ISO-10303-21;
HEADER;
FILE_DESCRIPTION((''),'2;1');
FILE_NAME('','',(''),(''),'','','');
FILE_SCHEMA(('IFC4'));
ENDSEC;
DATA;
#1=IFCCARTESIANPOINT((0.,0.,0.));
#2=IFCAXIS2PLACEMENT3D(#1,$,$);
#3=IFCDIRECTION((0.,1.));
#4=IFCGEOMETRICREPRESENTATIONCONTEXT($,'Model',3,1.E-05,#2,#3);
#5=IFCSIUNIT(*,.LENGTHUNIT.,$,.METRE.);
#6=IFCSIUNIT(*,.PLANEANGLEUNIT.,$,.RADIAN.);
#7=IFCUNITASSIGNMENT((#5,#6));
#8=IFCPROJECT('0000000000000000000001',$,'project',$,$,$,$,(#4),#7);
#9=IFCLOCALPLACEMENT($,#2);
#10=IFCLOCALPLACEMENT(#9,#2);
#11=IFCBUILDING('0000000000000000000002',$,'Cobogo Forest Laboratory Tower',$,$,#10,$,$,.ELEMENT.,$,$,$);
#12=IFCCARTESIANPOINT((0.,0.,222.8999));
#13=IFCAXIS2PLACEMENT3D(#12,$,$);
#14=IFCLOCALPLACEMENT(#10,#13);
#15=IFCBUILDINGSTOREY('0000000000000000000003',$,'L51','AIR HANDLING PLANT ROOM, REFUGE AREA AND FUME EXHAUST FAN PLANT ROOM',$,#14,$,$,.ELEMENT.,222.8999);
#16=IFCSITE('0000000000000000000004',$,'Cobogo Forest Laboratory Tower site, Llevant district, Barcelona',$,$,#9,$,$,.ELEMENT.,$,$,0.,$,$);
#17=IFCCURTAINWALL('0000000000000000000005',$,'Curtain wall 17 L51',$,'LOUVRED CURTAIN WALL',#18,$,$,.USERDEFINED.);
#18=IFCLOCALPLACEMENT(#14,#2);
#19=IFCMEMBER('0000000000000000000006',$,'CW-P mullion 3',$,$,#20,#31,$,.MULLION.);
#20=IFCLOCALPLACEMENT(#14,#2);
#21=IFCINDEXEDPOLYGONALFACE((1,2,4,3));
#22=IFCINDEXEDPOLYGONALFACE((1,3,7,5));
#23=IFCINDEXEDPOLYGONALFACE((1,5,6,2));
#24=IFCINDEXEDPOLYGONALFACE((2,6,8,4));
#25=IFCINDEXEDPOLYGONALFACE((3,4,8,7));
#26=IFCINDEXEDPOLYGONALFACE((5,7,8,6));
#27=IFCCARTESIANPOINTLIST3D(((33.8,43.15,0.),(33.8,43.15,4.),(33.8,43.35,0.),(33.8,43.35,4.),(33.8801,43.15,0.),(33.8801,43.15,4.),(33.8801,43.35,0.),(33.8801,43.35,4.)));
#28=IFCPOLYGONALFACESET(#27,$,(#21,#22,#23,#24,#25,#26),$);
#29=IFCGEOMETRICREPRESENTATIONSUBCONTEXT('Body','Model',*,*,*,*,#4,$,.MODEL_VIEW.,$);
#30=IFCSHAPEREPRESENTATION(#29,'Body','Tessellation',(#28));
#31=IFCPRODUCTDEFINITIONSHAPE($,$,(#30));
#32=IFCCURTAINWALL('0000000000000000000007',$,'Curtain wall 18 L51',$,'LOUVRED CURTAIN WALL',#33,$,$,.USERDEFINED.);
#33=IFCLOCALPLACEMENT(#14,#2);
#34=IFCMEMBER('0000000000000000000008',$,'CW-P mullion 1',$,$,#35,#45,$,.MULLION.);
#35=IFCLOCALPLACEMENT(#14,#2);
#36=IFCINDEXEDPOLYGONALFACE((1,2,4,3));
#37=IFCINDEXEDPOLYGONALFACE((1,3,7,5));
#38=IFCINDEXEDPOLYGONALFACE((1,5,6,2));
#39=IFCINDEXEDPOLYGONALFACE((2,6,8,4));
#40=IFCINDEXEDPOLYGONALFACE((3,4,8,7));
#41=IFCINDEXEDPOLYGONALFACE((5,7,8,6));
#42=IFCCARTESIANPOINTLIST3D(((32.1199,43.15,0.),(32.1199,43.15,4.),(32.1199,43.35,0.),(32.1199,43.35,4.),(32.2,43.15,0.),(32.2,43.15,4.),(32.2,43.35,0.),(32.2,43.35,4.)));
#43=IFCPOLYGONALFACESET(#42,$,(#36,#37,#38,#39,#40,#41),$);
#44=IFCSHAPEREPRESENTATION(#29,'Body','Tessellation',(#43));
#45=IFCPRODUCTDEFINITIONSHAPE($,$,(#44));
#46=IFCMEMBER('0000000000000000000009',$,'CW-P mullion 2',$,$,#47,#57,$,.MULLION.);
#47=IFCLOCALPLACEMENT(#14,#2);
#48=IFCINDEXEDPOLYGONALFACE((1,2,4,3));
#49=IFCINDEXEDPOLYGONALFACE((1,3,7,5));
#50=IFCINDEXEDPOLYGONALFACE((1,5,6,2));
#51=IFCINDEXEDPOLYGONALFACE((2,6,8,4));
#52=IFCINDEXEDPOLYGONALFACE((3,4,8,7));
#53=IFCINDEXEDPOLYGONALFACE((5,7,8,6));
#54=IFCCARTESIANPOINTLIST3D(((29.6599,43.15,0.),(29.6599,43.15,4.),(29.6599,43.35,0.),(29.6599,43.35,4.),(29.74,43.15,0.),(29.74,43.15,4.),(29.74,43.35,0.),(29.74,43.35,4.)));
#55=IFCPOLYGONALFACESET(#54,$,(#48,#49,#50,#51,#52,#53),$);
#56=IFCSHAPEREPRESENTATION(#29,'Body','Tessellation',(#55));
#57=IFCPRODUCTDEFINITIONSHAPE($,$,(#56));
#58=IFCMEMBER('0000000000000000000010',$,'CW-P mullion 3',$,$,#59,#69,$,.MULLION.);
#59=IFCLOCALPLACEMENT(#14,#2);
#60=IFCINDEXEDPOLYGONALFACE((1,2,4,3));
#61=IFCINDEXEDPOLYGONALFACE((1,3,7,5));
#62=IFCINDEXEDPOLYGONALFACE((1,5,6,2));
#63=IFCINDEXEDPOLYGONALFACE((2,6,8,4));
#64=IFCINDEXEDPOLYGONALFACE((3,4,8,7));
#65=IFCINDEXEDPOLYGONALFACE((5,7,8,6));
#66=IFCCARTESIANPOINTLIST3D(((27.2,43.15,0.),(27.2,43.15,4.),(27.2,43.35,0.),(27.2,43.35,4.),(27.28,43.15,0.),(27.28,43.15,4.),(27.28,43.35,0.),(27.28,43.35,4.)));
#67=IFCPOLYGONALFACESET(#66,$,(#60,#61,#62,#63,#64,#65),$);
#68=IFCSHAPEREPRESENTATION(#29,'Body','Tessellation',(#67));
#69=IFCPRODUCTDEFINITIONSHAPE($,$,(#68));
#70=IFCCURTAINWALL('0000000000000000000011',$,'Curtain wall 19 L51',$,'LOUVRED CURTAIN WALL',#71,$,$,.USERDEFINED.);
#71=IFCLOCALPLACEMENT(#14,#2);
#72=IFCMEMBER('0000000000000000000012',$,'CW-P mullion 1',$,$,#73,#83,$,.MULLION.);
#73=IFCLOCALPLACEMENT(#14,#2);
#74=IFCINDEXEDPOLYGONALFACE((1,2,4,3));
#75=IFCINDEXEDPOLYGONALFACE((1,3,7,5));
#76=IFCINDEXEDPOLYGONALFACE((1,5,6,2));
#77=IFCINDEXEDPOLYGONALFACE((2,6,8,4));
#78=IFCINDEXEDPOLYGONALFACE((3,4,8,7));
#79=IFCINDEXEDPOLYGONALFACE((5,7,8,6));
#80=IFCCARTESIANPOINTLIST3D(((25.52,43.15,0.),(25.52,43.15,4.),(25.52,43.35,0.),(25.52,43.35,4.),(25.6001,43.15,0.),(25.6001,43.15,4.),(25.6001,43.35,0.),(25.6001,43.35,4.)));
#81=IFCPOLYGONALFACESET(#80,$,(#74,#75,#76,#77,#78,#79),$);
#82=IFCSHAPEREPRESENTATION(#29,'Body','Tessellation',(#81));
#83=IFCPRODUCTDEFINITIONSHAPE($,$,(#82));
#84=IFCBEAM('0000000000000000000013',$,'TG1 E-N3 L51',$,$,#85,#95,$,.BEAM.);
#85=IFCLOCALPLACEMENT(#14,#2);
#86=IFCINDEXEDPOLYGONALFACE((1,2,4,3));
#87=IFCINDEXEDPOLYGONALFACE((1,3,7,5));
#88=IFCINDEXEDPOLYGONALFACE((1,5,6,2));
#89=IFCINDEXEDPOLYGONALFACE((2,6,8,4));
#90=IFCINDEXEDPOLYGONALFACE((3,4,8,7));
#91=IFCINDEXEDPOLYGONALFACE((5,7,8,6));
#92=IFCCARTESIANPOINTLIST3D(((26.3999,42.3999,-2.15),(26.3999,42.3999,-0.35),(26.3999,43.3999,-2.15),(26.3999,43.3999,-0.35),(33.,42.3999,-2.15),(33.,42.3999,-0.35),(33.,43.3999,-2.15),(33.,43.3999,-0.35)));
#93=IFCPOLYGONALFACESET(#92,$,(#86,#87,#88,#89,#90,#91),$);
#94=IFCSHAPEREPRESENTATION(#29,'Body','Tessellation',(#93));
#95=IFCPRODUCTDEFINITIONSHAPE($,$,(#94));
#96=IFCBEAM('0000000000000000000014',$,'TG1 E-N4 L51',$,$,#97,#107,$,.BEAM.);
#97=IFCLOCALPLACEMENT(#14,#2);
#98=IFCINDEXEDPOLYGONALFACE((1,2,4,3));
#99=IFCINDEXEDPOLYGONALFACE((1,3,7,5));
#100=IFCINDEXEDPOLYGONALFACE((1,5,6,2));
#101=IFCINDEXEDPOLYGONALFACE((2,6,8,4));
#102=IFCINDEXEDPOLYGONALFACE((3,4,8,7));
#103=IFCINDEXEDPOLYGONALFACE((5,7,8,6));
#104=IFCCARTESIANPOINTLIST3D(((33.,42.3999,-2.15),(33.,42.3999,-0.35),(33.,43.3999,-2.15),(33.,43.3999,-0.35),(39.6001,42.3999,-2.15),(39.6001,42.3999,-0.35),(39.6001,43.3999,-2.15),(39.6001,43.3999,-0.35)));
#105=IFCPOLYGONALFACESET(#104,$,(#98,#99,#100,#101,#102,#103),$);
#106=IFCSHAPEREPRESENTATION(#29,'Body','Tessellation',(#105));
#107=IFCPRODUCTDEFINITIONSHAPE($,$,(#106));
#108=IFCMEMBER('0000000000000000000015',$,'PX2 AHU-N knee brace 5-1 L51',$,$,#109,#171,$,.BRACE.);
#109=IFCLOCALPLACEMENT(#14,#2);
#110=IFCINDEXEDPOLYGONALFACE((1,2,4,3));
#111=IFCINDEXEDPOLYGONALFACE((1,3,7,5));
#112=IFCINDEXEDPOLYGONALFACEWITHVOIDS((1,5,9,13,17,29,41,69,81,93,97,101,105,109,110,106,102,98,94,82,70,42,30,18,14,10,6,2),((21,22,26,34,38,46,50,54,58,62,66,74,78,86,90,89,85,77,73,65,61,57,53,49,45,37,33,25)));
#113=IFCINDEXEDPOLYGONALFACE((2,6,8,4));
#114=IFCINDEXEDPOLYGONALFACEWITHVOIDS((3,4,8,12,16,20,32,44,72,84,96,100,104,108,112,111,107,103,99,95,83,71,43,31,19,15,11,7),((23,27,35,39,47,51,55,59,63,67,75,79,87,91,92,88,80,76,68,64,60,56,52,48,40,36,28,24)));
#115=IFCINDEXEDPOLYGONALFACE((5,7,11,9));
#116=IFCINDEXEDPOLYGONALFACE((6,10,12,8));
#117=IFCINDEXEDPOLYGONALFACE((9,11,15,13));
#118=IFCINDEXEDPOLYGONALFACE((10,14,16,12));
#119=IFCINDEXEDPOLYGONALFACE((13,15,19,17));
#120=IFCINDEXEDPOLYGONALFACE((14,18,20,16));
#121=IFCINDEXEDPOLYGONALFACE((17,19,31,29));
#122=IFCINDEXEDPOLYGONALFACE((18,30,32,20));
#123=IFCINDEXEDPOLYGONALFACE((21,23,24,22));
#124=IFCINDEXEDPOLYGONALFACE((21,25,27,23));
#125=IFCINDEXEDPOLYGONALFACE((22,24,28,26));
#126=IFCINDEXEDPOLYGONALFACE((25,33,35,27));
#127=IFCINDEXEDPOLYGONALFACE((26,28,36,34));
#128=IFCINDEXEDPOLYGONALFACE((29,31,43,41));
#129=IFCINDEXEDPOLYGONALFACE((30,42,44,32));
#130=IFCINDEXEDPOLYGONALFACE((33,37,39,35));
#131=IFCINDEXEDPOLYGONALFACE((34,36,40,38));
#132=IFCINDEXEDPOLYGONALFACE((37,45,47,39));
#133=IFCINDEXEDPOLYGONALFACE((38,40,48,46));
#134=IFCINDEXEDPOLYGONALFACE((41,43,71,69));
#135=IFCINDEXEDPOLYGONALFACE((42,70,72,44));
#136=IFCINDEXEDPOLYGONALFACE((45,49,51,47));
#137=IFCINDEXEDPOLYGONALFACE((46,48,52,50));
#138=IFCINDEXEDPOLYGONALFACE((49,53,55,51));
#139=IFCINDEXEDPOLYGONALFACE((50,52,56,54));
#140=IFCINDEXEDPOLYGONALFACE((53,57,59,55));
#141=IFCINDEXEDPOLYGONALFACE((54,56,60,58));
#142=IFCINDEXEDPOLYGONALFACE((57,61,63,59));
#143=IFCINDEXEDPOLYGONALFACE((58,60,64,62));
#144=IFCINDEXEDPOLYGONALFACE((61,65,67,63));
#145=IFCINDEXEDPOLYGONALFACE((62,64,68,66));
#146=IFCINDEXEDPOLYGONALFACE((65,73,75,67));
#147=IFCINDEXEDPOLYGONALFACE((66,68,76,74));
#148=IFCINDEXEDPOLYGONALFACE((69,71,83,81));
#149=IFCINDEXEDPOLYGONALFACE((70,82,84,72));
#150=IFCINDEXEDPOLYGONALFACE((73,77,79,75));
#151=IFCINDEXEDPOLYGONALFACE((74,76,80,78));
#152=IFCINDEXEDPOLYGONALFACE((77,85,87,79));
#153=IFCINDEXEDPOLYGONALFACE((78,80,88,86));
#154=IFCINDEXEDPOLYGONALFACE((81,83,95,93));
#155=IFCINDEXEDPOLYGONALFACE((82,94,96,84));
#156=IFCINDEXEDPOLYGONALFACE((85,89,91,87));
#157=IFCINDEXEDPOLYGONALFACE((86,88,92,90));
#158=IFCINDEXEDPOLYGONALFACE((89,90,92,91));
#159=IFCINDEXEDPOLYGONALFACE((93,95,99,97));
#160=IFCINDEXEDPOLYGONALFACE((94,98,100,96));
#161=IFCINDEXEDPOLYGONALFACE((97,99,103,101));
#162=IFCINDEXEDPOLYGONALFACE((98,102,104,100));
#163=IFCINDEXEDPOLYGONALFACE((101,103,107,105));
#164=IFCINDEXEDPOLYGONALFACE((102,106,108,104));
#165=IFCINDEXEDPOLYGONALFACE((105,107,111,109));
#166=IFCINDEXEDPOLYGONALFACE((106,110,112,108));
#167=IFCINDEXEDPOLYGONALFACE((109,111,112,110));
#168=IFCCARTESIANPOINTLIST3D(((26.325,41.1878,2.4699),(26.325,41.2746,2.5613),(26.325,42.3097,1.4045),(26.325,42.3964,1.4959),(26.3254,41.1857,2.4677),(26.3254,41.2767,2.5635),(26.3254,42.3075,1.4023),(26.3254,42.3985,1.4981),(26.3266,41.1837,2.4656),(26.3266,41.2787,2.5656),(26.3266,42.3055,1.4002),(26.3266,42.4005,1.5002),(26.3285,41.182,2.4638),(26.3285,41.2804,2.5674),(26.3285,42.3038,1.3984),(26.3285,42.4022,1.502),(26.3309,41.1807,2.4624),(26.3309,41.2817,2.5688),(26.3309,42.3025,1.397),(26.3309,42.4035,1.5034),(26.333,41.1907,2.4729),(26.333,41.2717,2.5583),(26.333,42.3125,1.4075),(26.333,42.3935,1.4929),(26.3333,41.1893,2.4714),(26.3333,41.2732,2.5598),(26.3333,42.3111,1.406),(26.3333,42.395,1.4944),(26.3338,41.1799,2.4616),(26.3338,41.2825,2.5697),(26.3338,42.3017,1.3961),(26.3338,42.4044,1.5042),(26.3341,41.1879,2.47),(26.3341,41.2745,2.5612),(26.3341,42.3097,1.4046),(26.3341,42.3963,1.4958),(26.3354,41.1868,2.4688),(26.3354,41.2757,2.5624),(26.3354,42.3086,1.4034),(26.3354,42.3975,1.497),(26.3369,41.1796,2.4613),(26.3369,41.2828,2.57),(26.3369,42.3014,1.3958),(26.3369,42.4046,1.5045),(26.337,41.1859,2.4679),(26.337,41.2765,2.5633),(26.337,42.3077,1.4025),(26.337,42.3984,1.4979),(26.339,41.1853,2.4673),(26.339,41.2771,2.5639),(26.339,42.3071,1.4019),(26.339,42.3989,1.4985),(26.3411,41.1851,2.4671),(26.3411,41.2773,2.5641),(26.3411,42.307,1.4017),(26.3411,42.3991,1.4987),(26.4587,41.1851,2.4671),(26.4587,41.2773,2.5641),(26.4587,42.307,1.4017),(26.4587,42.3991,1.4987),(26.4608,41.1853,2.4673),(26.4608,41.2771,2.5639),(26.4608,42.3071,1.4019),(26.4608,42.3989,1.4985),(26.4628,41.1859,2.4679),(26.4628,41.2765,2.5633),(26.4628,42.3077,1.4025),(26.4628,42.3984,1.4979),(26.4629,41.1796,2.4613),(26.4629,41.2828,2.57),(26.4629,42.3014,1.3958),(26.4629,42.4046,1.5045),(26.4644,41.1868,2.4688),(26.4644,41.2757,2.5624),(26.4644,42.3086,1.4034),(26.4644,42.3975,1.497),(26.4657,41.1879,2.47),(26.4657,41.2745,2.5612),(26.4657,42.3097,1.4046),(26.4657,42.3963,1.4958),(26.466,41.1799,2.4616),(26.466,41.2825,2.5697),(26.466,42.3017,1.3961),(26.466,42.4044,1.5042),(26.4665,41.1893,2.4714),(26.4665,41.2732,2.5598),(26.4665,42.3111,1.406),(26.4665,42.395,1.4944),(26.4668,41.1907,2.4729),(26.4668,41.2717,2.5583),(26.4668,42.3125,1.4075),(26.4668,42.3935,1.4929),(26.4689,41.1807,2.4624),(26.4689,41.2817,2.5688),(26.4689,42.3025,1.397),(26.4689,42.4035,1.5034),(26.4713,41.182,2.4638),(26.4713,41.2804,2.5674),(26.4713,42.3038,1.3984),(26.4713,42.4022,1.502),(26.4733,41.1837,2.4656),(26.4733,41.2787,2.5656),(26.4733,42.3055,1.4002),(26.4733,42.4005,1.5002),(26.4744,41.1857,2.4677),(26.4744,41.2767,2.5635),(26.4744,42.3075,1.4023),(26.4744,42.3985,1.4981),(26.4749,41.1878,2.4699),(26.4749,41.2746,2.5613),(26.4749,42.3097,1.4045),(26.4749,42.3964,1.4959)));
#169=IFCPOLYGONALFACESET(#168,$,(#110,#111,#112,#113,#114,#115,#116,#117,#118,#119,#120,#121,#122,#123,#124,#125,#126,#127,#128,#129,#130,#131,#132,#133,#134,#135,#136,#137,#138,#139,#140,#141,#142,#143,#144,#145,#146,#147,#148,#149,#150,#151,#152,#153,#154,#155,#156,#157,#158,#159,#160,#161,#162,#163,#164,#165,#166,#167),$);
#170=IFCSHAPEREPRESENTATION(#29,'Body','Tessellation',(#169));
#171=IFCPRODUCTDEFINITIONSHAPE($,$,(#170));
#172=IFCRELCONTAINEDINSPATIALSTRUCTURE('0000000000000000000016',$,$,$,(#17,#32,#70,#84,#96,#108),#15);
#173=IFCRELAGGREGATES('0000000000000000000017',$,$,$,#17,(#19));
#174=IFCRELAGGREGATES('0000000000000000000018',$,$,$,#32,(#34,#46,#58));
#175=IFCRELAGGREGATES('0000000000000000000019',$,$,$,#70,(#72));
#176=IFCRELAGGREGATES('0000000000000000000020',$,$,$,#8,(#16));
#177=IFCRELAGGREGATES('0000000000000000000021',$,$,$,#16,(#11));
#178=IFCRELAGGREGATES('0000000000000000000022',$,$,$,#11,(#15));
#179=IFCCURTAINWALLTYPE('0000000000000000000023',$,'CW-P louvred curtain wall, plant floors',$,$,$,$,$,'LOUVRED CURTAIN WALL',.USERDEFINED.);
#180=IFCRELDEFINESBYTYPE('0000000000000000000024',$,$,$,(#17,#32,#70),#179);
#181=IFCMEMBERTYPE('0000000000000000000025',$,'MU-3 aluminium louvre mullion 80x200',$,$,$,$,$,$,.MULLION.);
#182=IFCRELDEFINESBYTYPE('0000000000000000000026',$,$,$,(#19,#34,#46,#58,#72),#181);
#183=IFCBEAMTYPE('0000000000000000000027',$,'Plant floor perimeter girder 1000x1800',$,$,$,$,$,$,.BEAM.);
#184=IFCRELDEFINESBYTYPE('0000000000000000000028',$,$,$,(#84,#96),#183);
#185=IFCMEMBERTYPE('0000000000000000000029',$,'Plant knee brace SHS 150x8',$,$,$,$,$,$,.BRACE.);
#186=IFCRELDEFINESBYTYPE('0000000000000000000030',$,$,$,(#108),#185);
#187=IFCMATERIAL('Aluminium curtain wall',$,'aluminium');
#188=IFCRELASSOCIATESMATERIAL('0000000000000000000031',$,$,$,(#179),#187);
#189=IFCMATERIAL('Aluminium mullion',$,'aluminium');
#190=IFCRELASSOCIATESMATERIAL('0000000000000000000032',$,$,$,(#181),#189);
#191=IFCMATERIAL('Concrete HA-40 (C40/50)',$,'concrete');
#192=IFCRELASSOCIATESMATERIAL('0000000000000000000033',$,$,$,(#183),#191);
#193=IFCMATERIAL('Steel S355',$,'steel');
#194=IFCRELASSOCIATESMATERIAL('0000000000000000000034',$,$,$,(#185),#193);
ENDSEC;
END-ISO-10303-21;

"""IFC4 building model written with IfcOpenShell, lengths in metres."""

from ifc_helpers import new_model, si_unit, direction, frame, origin, origin_2d, place, context, subcontext, project, spatial, rectangle, hollow_rectangle, extrude, material, material_profile, profile_set, type_object, element, aggregate, save


model = new_model("IFC4")

# Units and contexts
model_context = context("Model", 3, precision=1e-05, world=origin(), true_north=direction((0.0, 1.0)))
body_context = subcontext(model_context, "Body", "Model", "MODEL_VIEW")
ifc_project = project(units=[si_unit("LENGTHUNIT", "METRE"), si_unit("PLANEANGLEUNIT", "RADIAN")], contexts=[model_context])

# Site, building, storey
site_placement = place(None, origin())
site = spatial("IfcSite", under=ifc_project, at=site_placement, Name="Cobogo Forest Laboratory Tower site, Llevant district, Barcelona", CompositionType="ELEMENT", RefElevation=0.0)
building_placement = place(site_placement, origin())
building = spatial("IfcBuilding", under=site, at=building_placement, Name="Cobogo Forest Laboratory Tower", CompositionType="ELEMENT")
storey_placement = place(building_placement, frame((0.0, 0.0, 222.8999)))
storey = spatial("IfcBuildingStorey", under=building, at=storey_placement, Name="L51", Description="AIR HANDLING PLANT ROOM, REFUGE AREA AND FUME EXHAUST FAN PLANT ROOM", CompositionType="ELEMENT", Elevation=222.8999)

# Curtain walls, members
ifc_material_1 = material(Name="Aluminium curtain wall", Category="aluminium")
curtain_wall_type = type_object("IfcCurtainWallType", Name="CW-P louvred curtain wall, plant floors", ElementType="LOUVRED CURTAIN WALL", PredefinedType="USERDEFINED", material=ifc_material_1)
curtain_wall_1_placement = place(storey_placement, origin())
curtain_wall_1 = element("IfcCurtainWall", 1, at=curtain_wall_1_placement, inside=storey, type_object=curtain_wall_type, Name="Curtain wall 17 L51", ObjectType="LOUVRED CURTAIN WALL", PredefinedType="USERDEFINED")
ifc_material_2 = material(Name="Aluminium mullion", Category="aluminium")
ifc_material_profile_1 = material_profile(ifc_material_2, rectangle(XDim=0.0801, YDim=0.2, at=origin_2d()), Name="AL 80x200")
ifc_profile_set_1 = profile_set([ifc_material_profile_1], Name="Aluminium mullion")
member_type_1 = type_object("IfcMemberType", Name="MU-3 aluminium louvre mullion 80x200", PredefinedType="MULLION", material=ifc_profile_set_1)
member_1_placement = place(storey_placement, frame((33.8401, 43.25, 0.0), z_axis=(0.0, 0.0, 1.0), x_axis=(-1.0, 0.0, 0.0)))
member_1 = element("IfcMember", 2, at=member_1_placement, type_object=member_type_1, Name="CW-P mullion 3", PredefinedType="MULLION", context=body_context, shape_type="SweptSolid", body=[
    extrude(rectangle(XDim=0.0801, YDim=0.2, at=origin_2d()), origin(), (0.0, 0.0, 1.0), 4.0),
])
curtain_wall_2_placement = place(storey_placement, origin())
curtain_wall_2 = element("IfcCurtainWall", 3, at=curtain_wall_2_placement, inside=storey, type_object=curtain_wall_type, Name="Curtain wall 18 L51", ObjectType="LOUVRED CURTAIN WALL", PredefinedType="USERDEFINED")
member_2_placement = place(storey_placement, frame((32.1599, 43.25, 0.0), z_axis=(0.0, 0.0, 1.0), x_axis=(-1.0, 0.0, 0.0)))
member_2 = element("IfcMember", 4, at=member_2_placement, type_object=member_type_1, Name="CW-P mullion 1", PredefinedType="MULLION", context=body_context, shape_type="SweptSolid", body=[
    extrude(rectangle(XDim=0.0801, YDim=0.2, at=origin_2d()), origin(), (0.0, 0.0, 1.0), 4.0),
])
member_3_placement = place(storey_placement, frame((29.7, 43.25, 0.0), z_axis=(0.0, 0.0, 1.0), x_axis=(-1.0, 0.0, 0.0)))
member_3 = element("IfcMember", 5, at=member_3_placement, type_object=member_type_1, Name="CW-P mullion 2", PredefinedType="MULLION", context=body_context, shape_type="SweptSolid", body=[
    extrude(rectangle(XDim=0.0801, YDim=0.2, at=origin_2d()), origin(), (0.0, 0.0, 1.0), 4.0),
])
member_4_placement = place(storey_placement, frame((27.24, 43.25, 0.0), z_axis=(0.0, 0.0, 1.0), x_axis=(-1.0, 0.0, 0.0)))
member_4 = element("IfcMember", 6, at=member_4_placement, type_object=member_type_1, Name="CW-P mullion 3", PredefinedType="MULLION", context=body_context, shape_type="SweptSolid", body=[
    extrude(rectangle(XDim=0.0801, YDim=0.2, at=origin_2d()), origin(), (0.0, 0.0, 1.0), 4.0),
])

# Curtain wall, member
curtain_wall_3_placement = place(storey_placement, origin())
curtain_wall_3 = element("IfcCurtainWall", 7, at=curtain_wall_3_placement, inside=storey, type_object=curtain_wall_type, Name="Curtain wall 19 L51", ObjectType="LOUVRED CURTAIN WALL", PredefinedType="USERDEFINED")
member_5_placement = place(storey_placement, frame((25.5601, 43.25, 0.0), z_axis=(0.0, 0.0, 1.0), x_axis=(-1.0, 0.0, 0.0)))
member_5 = element("IfcMember", 8, at=member_5_placement, type_object=member_type_1, Name="CW-P mullion 1", PredefinedType="MULLION", context=body_context, shape_type="SweptSolid", body=[
    extrude(rectangle(XDim=0.0801, YDim=0.2, at=origin_2d()), origin(), (0.0, 0.0, 1.0), 4.0),
])

# Beams
ifc_material_3 = material(Name="Concrete HA-40 (C40/50)", Category="concrete")
ifc_material_profile_2 = material_profile(ifc_material_3, rectangle(XDim=1.0, YDim=1.8, at=origin_2d()), Name="RC 1000x1800")
ifc_profile_set_2 = profile_set([ifc_material_profile_2], Name="Concrete HA-40 (C40/50)")
beam_type_1 = type_object("IfcBeamType", Name="Plant floor perimeter girder 1000x1800", PredefinedType="BEAM", material=ifc_profile_set_2)
for number, where, z_axis, x_axis, name in (
    (9, (26.3999, 42.8999, -1.25), (1.0, 0.0, 0.0), (0.0, 1.0, 0.0), "TG1 E-N3 L51"),
    (10, (33.0, 42.8999, -1.25), (1.0, 0.0, 0.0), (0.0, 1.0, 0.0), "TG1 E-N4 L51"),
):
    element("IfcBeam", number, at=place(storey_placement, frame(where, z_axis=z_axis, x_axis=x_axis)), inside=storey, type_object=beam_type_1, Name=name, PredefinedType="BEAM", context=body_context, shape_type="SweptSolid", body=[
        extrude(rectangle(XDim=1.0, YDim=1.8, at=origin_2d()), origin(), (0.0, 0.0, 1.0), 6.6001),
    ])

# Member
ifc_material_4 = material(Name="Steel S355", Category="steel")
ifc_material_profile_3 = material_profile(ifc_material_4, hollow_rectangle(XDim=0.1499, YDim=0.1499, WallThickness=0.0081, InnerFilletRadius=0.0081, OuterFilletRadius=0.012, at=origin_2d()), Name="SHS 150x8")
ifc_profile_set_3 = profile_set([ifc_material_profile_3], Name="Steel S355")
member_type_2 = type_object("IfcMemberType", Name="Plant knee brace SHS 150x8", PredefinedType="BRACE", material=ifc_profile_set_3)
for number, where, z_axis, x_axis, name in (
    (11, (26.3999, 42.353, 1.4502), (0.0, -0.725098, 0.688646), (1.0, 0.0, 0.0), "PX2 AHU-N knee brace 5-1 L51"),
):
    element("IfcMember", number, at=place(storey_placement, frame(where, z_axis=z_axis, x_axis=x_axis)), inside=storey, type_object=member_type_2, Name=name, PredefinedType="BRACE", context=body_context, shape_type="SweptSolid", body=[
        extrude(hollow_rectangle(XDim=0.1499, YDim=0.1499, WallThickness=0.0081, InnerFilletRadius=0.0081, OuterFilletRadius=0.012, at=origin_2d()), origin(), (0.0, 0.0, 1.0), 1.5471),
    ])

aggregate(curtain_wall_1, [member_1])
aggregate(curtain_wall_2, [member_2, member_3, member_4])
aggregate(curtain_wall_3, [member_5])

save(model, "model.ifc")
